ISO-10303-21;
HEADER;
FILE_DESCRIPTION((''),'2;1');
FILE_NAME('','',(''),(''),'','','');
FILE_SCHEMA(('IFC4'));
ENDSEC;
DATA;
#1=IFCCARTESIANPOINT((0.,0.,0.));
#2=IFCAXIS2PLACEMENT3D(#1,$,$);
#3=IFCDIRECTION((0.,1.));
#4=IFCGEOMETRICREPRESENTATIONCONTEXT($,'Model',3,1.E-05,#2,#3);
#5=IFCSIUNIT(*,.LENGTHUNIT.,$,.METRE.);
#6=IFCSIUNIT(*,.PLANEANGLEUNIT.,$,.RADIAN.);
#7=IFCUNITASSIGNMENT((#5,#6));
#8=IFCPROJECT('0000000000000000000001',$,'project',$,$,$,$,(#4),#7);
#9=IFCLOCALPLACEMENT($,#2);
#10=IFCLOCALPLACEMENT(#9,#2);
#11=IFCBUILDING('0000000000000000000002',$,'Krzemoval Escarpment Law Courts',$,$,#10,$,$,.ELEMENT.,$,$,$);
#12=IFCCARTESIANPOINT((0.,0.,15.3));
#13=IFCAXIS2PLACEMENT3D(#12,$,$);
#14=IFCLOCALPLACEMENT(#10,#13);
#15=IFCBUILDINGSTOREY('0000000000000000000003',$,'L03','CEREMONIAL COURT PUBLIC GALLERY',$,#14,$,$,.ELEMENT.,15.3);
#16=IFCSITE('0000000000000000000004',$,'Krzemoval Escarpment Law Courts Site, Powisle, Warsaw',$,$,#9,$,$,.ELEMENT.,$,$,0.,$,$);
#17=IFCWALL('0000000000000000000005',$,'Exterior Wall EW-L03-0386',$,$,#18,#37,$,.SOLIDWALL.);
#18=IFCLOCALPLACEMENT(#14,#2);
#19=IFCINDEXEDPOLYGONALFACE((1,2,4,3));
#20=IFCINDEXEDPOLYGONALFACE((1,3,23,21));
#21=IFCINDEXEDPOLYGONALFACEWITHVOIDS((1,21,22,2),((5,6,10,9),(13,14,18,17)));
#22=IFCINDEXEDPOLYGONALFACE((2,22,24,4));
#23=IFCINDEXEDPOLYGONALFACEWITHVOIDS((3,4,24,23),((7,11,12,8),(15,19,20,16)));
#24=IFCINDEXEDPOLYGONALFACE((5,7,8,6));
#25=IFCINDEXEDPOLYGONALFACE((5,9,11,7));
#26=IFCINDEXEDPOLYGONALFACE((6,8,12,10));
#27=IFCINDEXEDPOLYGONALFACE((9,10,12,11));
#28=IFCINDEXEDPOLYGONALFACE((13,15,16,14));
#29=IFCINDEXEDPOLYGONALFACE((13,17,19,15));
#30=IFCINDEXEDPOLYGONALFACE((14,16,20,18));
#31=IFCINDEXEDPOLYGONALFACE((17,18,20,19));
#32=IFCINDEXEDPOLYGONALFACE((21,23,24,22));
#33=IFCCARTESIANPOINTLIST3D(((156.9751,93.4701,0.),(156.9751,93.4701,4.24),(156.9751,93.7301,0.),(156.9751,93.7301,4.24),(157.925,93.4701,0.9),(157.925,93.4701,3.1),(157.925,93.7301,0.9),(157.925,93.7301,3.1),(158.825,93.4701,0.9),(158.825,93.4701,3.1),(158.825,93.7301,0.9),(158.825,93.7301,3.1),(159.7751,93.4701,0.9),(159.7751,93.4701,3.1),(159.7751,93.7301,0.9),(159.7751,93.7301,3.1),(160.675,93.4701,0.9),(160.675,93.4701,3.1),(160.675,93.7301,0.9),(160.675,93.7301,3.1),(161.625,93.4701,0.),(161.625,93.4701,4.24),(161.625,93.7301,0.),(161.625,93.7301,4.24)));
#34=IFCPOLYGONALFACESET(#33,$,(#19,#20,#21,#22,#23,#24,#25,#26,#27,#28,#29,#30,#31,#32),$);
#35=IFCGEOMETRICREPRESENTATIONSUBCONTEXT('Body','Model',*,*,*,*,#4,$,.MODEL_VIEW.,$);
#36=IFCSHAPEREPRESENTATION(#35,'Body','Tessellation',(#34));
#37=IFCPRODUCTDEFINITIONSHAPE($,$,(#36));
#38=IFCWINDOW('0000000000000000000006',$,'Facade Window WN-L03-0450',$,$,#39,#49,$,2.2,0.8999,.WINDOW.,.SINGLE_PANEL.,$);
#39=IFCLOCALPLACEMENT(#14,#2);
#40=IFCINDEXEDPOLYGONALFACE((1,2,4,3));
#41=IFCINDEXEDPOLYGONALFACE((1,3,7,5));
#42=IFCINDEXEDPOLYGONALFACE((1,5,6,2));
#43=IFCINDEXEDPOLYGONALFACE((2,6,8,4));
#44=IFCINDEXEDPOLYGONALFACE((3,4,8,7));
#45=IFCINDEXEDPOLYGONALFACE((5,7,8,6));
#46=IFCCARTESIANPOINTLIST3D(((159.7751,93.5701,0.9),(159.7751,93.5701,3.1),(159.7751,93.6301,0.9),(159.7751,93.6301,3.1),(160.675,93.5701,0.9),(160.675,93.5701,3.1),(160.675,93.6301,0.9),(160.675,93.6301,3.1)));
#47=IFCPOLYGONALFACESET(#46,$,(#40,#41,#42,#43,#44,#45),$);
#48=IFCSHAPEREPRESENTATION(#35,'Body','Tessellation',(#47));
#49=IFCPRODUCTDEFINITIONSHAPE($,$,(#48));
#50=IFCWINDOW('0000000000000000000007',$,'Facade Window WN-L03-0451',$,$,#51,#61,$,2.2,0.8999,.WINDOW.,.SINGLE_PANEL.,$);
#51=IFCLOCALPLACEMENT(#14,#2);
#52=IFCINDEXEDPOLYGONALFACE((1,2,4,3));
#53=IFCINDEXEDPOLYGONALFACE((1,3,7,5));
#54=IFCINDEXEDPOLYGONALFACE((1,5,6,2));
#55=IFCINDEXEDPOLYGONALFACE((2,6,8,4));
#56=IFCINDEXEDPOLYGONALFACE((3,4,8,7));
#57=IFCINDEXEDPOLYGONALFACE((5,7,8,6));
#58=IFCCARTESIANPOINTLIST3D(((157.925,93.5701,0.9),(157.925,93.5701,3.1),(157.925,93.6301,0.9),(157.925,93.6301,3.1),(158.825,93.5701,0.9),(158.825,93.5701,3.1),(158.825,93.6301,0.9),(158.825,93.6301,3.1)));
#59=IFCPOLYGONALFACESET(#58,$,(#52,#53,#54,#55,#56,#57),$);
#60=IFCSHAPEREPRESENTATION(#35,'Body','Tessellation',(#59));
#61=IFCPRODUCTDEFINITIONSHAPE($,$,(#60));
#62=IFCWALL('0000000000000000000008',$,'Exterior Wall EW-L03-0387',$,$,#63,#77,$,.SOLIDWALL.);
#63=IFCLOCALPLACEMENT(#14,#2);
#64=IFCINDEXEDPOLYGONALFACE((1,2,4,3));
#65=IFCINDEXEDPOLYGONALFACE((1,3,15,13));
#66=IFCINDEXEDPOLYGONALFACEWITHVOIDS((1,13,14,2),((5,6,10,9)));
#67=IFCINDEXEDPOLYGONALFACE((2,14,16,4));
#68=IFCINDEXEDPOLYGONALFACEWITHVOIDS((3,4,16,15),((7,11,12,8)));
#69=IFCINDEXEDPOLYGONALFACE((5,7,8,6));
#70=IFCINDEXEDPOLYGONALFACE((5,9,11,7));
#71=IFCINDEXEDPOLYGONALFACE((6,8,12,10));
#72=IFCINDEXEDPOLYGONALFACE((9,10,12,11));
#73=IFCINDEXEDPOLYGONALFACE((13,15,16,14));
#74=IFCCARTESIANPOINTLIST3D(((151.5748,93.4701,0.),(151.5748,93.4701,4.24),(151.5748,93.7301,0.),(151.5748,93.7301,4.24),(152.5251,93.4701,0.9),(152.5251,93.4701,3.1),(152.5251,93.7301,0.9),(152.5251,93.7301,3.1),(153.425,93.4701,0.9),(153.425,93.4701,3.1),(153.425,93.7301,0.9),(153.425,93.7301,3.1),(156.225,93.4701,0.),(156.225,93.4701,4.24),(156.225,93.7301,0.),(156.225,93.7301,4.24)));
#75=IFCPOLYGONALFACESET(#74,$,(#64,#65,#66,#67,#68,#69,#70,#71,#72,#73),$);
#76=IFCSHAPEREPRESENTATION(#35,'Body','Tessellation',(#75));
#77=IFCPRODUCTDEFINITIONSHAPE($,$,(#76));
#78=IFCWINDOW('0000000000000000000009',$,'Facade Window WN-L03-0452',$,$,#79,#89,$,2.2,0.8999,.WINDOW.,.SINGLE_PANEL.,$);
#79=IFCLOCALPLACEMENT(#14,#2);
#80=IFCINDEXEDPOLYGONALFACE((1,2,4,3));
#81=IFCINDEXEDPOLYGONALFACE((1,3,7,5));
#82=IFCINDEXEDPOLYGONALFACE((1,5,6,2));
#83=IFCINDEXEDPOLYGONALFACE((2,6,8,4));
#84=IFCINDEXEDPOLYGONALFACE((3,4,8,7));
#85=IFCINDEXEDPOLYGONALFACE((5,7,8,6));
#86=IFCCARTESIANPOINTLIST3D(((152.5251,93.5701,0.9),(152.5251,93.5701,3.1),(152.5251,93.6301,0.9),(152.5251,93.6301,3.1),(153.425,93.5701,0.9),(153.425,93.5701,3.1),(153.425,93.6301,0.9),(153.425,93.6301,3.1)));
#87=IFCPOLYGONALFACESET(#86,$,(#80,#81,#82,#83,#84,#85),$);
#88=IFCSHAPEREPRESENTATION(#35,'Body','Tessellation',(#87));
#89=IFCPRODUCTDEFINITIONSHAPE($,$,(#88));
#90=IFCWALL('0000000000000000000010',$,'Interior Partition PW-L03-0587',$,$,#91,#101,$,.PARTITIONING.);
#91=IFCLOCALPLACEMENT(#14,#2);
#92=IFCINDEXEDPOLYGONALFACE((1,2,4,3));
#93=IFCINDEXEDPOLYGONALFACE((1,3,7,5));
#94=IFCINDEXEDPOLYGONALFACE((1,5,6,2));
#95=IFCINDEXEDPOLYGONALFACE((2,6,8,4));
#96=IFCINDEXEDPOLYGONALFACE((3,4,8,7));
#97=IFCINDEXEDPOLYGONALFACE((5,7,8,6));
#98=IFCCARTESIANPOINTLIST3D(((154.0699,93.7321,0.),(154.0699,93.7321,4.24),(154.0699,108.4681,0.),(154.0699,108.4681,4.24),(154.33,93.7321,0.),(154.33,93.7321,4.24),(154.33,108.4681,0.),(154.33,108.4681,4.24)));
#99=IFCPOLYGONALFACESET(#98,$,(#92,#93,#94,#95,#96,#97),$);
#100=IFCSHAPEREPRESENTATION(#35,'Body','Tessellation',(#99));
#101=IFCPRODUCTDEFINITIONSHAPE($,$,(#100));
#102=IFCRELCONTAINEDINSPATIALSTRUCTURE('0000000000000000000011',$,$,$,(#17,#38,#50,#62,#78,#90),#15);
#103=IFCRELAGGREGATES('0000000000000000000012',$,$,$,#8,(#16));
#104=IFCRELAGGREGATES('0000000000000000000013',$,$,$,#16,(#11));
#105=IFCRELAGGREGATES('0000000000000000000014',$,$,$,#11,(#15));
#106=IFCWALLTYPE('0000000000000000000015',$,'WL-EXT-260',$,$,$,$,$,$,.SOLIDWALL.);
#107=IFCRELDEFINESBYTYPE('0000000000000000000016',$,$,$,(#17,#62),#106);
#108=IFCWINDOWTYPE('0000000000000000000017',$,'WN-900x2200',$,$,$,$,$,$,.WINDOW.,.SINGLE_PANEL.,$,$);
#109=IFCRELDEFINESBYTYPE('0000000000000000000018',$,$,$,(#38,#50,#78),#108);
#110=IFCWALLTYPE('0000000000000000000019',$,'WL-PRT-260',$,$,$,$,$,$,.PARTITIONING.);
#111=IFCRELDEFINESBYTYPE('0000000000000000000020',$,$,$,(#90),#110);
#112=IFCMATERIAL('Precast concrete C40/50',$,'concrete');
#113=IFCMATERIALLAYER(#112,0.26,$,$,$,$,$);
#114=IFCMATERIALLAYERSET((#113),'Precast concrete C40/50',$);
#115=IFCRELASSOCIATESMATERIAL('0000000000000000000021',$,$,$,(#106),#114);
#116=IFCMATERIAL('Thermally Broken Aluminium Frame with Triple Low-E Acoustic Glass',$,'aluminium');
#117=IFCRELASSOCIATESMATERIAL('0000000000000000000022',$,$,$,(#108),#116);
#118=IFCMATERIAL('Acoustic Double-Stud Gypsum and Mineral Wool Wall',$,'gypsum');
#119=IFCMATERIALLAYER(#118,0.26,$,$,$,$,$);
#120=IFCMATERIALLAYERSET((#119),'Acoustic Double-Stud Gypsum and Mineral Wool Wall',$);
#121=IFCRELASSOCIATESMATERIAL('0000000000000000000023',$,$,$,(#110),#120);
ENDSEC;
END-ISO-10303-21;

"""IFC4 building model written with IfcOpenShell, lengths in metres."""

from ifc_helpers import new_model, si_unit, direction, frame, frame_2d, origin, place, context, subcontext, project, spatial, rectangle, extrude, material, layer, layer_set, type_object, element, fill, save


model = new_model("IFC4")

# Units and contexts
model_context = context("Model", 3, precision=1e-05, world=origin(), true_north=direction((0.0, 1.0)))
body_context = subcontext(model_context, "Body", "Model", "MODEL_VIEW")
ifc_project = project(units=[si_unit("LENGTHUNIT", "METRE"), si_unit("PLANEANGLEUNIT", "RADIAN")], contexts=[model_context])

# Site, building, storey
site_placement = place(None, origin())
site = spatial("IfcSite", under=ifc_project, at=site_placement, Name="Krzemoval Escarpment Law Courts Site, Powisle, Warsaw", CompositionType="ELEMENT", RefElevation=0.0)
building_placement = place(site_placement, origin())
building = spatial("IfcBuilding", under=site, at=building_placement, Name="Krzemoval Escarpment Law Courts", CompositionType="ELEMENT")
storey_placement = place(building_placement, frame((0.0, 0.0, 15.3)))
storey = spatial("IfcBuildingStorey", under=building, at=storey_placement, Name="L03", Description="CEREMONIAL COURT PUBLIC GALLERY", CompositionType="ELEMENT", Elevation=15.3)

# Wall, openings, windows
ifc_material_1 = material(Name="Precast concrete C40/50", Category="concrete")
ifc_layer_1 = layer(ifc_material_1, 0.26)
ifc_layer_set_1 = layer_set([ifc_layer_1], Name="Precast concrete C40/50")
wall_type_1 = type_object("IfcWallType", Name="WL-EXT-260", PredefinedType="SOLIDWALL", material=ifc_layer_set_1)
wall_1_placement = place(storey_placement, frame((161.625, 93.6001, 0.0), z_axis=(0.0, 0.0, 1.0), x_axis=(-1.0, 0.0, 0.0)))
wall_1 = element("IfcWall", 1, at=wall_1_placement, inside=storey, type_object=wall_type_1, Name="Exterior Wall EW-L03-0386", PredefinedType="SOLIDWALL", context=body_context, shape_type="SweptSolid", body=[
    extrude(rectangle(XDim=4.6499, YDim=0.26, at=frame_2d((2.325, 0.0))), origin(), (0.0, 0.0, 1.0), 4.24),
])
opening_1_placement = place(wall_1_placement, frame((0.95, 0.0, 0.8999)))
opening_1 = element("IfcOpeningElement", 2, at=opening_1_placement, cuts=wall_1, PredefinedType="OPENING", context=body_context, shape_type="SweptSolid", body=[
    extrude(rectangle(XDim=0.8999, YDim=2.2, at=frame_2d((0.45, 1.1001))), frame((0.0, 0.145, 0.0), z_axis=(0.0, -1.0, 0.0), x_axis=(1.0, 0.0, 0.0)), (0.0, 0.0, 1.0), 0.29),
])
opening_2_placement = place(wall_1_placement, frame((2.8, 0.0, 0.8999)))
opening_2 = element("IfcOpeningElement", 3, at=opening_2_placement, cuts=wall_1, PredefinedType="OPENING", context=body_context, shape_type="SweptSolid", body=[
    extrude(rectangle(XDim=0.8999, YDim=2.2, at=frame_2d((0.45, 1.1001))), frame((0.0, 0.145, 0.0), z_axis=(0.0, -1.0, 0.0), x_axis=(1.0, 0.0, 0.0)), (0.0, 0.0, 1.0), 0.29),
])
ifc_material_2 = material(Name="Thermally Broken Aluminium Frame with Triple Low-E Acoustic Glass", Category="aluminium")
window_type = type_object("IfcWindowType", Name="WN-900x2200", PartitioningType="SINGLE_PANEL", PredefinedType="WINDOW", material=ifc_material_2)
window_1_placement = place(opening_1_placement, origin())
window_1 = element("IfcWindow", 4, at=window_1_placement, inside=storey, type_object=window_type, Name="Facade Window WN-L03-0450", OverallHeight=2.2, OverallWidth=0.8999, PartitioningType="SINGLE_PANEL", PredefinedType="WINDOW", context=body_context, shape_type="SweptSolid", body=[
    extrude(rectangle(XDim=0.8999, YDim=2.2, at=frame_2d((0.45, 1.1001))), frame((0.0, 0.03, 0.0), z_axis=(0.0, -1.0, 0.0), x_axis=(1.0, 0.0, 0.0)), (0.0, 0.0, 1.0), 0.0601),
])
fill(opening_1, window_1)
window_2_placement = place(opening_2_placement, origin())
window_2 = element("IfcWindow", 5, at=window_2_placement, inside=storey, type_object=window_type, Name="Facade Window WN-L03-0451", OverallHeight=2.2, OverallWidth=0.8999, PartitioningType="SINGLE_PANEL", PredefinedType="WINDOW", context=body_context, shape_type="SweptSolid", body=[
    extrude(rectangle(XDim=0.8999, YDim=2.2, at=frame_2d((0.45, 1.1001))), frame((0.0, 0.03, 0.0), z_axis=(0.0, -1.0, 0.0), x_axis=(1.0, 0.0, 0.0)), (0.0, 0.0, 1.0), 0.0601),
])
fill(opening_2, window_2)

# Wall, opening, window
wall_2_placement = place(storey_placement, frame((156.2251, 93.6001, 0.0), z_axis=(0.0, 0.0, 1.0), x_axis=(-1.0, 0.0, 0.0)))
wall_2 = element("IfcWall", 6, at=wall_2_placement, inside=storey, type_object=wall_type_1, Name="Exterior Wall EW-L03-0387", PredefinedType="SOLIDWALL", context=body_context, shape_type="SweptSolid", body=[
    extrude(rectangle(XDim=4.6501, YDim=0.26, at=frame_2d((2.3252, 0.0))), origin(), (0.0, 0.0, 1.0), 4.24),
])
opening_3_placement = place(wall_2_placement, frame((2.8, 0.0, 0.8999)))
opening_3 = element("IfcOpeningElement", 7, at=opening_3_placement, cuts=wall_2, PredefinedType="OPENING", context=body_context, shape_type="SweptSolid", body=[
    extrude(rectangle(XDim=0.8999, YDim=2.2, at=frame_2d((0.45, 1.1001))), frame((0.0, 0.145, 0.0), z_axis=(0.0, -1.0, 0.0), x_axis=(1.0, 0.0, 0.0)), (0.0, 0.0, 1.0), 0.29),
])
window_3_placement = place(opening_3_placement, origin())
window_3 = element("IfcWindow", 8, at=window_3_placement, inside=storey, type_object=window_type, Name="Facade Window WN-L03-0452", OverallHeight=2.2, OverallWidth=0.8999, PartitioningType="SINGLE_PANEL", PredefinedType="WINDOW", context=body_context, shape_type="SweptSolid", body=[
    extrude(rectangle(XDim=0.8999, YDim=2.2, at=frame_2d((0.45, 1.1001))), frame((0.0, 0.03, 0.0), z_axis=(0.0, -1.0, 0.0), x_axis=(1.0, 0.0, 0.0)), (0.0, 0.0, 1.0), 0.0601),
])
fill(opening_3, window_3)

# Wall
ifc_material_3 = material(Name="Acoustic Double-Stud Gypsum and Mineral Wool Wall", Category="gypsum")
ifc_layer_2 = layer(ifc_material_3, 0.26)
ifc_layer_set_2 = layer_set([ifc_layer_2], Name="Acoustic Double-Stud Gypsum and Mineral Wool Wall")
wall_type_2 = type_object("IfcWallType", Name="WL-PRT-260", PredefinedType="PARTITIONING", material=ifc_layer_set_2)
wall_3_placement = place(storey_placement, frame((154.2, 93.7319, 0.0), z_axis=(0.0, 0.0, 1.0), x_axis=(0.0, 1.0, 0.0)))
element("IfcWall", 9, at=wall_3_placement, inside=storey, type_object=wall_type_2, Name="Interior Partition PW-L03-0587", PredefinedType="PARTITIONING", context=body_context, shape_type="SweptSolid", body=[
    extrude(rectangle(XDim=14.7361, YDim=0.26, at=frame_2d((7.3682, 0.0))), origin(), (0.0, 0.0, 1.0), 4.24),
])

save(model, "model.ifc")
